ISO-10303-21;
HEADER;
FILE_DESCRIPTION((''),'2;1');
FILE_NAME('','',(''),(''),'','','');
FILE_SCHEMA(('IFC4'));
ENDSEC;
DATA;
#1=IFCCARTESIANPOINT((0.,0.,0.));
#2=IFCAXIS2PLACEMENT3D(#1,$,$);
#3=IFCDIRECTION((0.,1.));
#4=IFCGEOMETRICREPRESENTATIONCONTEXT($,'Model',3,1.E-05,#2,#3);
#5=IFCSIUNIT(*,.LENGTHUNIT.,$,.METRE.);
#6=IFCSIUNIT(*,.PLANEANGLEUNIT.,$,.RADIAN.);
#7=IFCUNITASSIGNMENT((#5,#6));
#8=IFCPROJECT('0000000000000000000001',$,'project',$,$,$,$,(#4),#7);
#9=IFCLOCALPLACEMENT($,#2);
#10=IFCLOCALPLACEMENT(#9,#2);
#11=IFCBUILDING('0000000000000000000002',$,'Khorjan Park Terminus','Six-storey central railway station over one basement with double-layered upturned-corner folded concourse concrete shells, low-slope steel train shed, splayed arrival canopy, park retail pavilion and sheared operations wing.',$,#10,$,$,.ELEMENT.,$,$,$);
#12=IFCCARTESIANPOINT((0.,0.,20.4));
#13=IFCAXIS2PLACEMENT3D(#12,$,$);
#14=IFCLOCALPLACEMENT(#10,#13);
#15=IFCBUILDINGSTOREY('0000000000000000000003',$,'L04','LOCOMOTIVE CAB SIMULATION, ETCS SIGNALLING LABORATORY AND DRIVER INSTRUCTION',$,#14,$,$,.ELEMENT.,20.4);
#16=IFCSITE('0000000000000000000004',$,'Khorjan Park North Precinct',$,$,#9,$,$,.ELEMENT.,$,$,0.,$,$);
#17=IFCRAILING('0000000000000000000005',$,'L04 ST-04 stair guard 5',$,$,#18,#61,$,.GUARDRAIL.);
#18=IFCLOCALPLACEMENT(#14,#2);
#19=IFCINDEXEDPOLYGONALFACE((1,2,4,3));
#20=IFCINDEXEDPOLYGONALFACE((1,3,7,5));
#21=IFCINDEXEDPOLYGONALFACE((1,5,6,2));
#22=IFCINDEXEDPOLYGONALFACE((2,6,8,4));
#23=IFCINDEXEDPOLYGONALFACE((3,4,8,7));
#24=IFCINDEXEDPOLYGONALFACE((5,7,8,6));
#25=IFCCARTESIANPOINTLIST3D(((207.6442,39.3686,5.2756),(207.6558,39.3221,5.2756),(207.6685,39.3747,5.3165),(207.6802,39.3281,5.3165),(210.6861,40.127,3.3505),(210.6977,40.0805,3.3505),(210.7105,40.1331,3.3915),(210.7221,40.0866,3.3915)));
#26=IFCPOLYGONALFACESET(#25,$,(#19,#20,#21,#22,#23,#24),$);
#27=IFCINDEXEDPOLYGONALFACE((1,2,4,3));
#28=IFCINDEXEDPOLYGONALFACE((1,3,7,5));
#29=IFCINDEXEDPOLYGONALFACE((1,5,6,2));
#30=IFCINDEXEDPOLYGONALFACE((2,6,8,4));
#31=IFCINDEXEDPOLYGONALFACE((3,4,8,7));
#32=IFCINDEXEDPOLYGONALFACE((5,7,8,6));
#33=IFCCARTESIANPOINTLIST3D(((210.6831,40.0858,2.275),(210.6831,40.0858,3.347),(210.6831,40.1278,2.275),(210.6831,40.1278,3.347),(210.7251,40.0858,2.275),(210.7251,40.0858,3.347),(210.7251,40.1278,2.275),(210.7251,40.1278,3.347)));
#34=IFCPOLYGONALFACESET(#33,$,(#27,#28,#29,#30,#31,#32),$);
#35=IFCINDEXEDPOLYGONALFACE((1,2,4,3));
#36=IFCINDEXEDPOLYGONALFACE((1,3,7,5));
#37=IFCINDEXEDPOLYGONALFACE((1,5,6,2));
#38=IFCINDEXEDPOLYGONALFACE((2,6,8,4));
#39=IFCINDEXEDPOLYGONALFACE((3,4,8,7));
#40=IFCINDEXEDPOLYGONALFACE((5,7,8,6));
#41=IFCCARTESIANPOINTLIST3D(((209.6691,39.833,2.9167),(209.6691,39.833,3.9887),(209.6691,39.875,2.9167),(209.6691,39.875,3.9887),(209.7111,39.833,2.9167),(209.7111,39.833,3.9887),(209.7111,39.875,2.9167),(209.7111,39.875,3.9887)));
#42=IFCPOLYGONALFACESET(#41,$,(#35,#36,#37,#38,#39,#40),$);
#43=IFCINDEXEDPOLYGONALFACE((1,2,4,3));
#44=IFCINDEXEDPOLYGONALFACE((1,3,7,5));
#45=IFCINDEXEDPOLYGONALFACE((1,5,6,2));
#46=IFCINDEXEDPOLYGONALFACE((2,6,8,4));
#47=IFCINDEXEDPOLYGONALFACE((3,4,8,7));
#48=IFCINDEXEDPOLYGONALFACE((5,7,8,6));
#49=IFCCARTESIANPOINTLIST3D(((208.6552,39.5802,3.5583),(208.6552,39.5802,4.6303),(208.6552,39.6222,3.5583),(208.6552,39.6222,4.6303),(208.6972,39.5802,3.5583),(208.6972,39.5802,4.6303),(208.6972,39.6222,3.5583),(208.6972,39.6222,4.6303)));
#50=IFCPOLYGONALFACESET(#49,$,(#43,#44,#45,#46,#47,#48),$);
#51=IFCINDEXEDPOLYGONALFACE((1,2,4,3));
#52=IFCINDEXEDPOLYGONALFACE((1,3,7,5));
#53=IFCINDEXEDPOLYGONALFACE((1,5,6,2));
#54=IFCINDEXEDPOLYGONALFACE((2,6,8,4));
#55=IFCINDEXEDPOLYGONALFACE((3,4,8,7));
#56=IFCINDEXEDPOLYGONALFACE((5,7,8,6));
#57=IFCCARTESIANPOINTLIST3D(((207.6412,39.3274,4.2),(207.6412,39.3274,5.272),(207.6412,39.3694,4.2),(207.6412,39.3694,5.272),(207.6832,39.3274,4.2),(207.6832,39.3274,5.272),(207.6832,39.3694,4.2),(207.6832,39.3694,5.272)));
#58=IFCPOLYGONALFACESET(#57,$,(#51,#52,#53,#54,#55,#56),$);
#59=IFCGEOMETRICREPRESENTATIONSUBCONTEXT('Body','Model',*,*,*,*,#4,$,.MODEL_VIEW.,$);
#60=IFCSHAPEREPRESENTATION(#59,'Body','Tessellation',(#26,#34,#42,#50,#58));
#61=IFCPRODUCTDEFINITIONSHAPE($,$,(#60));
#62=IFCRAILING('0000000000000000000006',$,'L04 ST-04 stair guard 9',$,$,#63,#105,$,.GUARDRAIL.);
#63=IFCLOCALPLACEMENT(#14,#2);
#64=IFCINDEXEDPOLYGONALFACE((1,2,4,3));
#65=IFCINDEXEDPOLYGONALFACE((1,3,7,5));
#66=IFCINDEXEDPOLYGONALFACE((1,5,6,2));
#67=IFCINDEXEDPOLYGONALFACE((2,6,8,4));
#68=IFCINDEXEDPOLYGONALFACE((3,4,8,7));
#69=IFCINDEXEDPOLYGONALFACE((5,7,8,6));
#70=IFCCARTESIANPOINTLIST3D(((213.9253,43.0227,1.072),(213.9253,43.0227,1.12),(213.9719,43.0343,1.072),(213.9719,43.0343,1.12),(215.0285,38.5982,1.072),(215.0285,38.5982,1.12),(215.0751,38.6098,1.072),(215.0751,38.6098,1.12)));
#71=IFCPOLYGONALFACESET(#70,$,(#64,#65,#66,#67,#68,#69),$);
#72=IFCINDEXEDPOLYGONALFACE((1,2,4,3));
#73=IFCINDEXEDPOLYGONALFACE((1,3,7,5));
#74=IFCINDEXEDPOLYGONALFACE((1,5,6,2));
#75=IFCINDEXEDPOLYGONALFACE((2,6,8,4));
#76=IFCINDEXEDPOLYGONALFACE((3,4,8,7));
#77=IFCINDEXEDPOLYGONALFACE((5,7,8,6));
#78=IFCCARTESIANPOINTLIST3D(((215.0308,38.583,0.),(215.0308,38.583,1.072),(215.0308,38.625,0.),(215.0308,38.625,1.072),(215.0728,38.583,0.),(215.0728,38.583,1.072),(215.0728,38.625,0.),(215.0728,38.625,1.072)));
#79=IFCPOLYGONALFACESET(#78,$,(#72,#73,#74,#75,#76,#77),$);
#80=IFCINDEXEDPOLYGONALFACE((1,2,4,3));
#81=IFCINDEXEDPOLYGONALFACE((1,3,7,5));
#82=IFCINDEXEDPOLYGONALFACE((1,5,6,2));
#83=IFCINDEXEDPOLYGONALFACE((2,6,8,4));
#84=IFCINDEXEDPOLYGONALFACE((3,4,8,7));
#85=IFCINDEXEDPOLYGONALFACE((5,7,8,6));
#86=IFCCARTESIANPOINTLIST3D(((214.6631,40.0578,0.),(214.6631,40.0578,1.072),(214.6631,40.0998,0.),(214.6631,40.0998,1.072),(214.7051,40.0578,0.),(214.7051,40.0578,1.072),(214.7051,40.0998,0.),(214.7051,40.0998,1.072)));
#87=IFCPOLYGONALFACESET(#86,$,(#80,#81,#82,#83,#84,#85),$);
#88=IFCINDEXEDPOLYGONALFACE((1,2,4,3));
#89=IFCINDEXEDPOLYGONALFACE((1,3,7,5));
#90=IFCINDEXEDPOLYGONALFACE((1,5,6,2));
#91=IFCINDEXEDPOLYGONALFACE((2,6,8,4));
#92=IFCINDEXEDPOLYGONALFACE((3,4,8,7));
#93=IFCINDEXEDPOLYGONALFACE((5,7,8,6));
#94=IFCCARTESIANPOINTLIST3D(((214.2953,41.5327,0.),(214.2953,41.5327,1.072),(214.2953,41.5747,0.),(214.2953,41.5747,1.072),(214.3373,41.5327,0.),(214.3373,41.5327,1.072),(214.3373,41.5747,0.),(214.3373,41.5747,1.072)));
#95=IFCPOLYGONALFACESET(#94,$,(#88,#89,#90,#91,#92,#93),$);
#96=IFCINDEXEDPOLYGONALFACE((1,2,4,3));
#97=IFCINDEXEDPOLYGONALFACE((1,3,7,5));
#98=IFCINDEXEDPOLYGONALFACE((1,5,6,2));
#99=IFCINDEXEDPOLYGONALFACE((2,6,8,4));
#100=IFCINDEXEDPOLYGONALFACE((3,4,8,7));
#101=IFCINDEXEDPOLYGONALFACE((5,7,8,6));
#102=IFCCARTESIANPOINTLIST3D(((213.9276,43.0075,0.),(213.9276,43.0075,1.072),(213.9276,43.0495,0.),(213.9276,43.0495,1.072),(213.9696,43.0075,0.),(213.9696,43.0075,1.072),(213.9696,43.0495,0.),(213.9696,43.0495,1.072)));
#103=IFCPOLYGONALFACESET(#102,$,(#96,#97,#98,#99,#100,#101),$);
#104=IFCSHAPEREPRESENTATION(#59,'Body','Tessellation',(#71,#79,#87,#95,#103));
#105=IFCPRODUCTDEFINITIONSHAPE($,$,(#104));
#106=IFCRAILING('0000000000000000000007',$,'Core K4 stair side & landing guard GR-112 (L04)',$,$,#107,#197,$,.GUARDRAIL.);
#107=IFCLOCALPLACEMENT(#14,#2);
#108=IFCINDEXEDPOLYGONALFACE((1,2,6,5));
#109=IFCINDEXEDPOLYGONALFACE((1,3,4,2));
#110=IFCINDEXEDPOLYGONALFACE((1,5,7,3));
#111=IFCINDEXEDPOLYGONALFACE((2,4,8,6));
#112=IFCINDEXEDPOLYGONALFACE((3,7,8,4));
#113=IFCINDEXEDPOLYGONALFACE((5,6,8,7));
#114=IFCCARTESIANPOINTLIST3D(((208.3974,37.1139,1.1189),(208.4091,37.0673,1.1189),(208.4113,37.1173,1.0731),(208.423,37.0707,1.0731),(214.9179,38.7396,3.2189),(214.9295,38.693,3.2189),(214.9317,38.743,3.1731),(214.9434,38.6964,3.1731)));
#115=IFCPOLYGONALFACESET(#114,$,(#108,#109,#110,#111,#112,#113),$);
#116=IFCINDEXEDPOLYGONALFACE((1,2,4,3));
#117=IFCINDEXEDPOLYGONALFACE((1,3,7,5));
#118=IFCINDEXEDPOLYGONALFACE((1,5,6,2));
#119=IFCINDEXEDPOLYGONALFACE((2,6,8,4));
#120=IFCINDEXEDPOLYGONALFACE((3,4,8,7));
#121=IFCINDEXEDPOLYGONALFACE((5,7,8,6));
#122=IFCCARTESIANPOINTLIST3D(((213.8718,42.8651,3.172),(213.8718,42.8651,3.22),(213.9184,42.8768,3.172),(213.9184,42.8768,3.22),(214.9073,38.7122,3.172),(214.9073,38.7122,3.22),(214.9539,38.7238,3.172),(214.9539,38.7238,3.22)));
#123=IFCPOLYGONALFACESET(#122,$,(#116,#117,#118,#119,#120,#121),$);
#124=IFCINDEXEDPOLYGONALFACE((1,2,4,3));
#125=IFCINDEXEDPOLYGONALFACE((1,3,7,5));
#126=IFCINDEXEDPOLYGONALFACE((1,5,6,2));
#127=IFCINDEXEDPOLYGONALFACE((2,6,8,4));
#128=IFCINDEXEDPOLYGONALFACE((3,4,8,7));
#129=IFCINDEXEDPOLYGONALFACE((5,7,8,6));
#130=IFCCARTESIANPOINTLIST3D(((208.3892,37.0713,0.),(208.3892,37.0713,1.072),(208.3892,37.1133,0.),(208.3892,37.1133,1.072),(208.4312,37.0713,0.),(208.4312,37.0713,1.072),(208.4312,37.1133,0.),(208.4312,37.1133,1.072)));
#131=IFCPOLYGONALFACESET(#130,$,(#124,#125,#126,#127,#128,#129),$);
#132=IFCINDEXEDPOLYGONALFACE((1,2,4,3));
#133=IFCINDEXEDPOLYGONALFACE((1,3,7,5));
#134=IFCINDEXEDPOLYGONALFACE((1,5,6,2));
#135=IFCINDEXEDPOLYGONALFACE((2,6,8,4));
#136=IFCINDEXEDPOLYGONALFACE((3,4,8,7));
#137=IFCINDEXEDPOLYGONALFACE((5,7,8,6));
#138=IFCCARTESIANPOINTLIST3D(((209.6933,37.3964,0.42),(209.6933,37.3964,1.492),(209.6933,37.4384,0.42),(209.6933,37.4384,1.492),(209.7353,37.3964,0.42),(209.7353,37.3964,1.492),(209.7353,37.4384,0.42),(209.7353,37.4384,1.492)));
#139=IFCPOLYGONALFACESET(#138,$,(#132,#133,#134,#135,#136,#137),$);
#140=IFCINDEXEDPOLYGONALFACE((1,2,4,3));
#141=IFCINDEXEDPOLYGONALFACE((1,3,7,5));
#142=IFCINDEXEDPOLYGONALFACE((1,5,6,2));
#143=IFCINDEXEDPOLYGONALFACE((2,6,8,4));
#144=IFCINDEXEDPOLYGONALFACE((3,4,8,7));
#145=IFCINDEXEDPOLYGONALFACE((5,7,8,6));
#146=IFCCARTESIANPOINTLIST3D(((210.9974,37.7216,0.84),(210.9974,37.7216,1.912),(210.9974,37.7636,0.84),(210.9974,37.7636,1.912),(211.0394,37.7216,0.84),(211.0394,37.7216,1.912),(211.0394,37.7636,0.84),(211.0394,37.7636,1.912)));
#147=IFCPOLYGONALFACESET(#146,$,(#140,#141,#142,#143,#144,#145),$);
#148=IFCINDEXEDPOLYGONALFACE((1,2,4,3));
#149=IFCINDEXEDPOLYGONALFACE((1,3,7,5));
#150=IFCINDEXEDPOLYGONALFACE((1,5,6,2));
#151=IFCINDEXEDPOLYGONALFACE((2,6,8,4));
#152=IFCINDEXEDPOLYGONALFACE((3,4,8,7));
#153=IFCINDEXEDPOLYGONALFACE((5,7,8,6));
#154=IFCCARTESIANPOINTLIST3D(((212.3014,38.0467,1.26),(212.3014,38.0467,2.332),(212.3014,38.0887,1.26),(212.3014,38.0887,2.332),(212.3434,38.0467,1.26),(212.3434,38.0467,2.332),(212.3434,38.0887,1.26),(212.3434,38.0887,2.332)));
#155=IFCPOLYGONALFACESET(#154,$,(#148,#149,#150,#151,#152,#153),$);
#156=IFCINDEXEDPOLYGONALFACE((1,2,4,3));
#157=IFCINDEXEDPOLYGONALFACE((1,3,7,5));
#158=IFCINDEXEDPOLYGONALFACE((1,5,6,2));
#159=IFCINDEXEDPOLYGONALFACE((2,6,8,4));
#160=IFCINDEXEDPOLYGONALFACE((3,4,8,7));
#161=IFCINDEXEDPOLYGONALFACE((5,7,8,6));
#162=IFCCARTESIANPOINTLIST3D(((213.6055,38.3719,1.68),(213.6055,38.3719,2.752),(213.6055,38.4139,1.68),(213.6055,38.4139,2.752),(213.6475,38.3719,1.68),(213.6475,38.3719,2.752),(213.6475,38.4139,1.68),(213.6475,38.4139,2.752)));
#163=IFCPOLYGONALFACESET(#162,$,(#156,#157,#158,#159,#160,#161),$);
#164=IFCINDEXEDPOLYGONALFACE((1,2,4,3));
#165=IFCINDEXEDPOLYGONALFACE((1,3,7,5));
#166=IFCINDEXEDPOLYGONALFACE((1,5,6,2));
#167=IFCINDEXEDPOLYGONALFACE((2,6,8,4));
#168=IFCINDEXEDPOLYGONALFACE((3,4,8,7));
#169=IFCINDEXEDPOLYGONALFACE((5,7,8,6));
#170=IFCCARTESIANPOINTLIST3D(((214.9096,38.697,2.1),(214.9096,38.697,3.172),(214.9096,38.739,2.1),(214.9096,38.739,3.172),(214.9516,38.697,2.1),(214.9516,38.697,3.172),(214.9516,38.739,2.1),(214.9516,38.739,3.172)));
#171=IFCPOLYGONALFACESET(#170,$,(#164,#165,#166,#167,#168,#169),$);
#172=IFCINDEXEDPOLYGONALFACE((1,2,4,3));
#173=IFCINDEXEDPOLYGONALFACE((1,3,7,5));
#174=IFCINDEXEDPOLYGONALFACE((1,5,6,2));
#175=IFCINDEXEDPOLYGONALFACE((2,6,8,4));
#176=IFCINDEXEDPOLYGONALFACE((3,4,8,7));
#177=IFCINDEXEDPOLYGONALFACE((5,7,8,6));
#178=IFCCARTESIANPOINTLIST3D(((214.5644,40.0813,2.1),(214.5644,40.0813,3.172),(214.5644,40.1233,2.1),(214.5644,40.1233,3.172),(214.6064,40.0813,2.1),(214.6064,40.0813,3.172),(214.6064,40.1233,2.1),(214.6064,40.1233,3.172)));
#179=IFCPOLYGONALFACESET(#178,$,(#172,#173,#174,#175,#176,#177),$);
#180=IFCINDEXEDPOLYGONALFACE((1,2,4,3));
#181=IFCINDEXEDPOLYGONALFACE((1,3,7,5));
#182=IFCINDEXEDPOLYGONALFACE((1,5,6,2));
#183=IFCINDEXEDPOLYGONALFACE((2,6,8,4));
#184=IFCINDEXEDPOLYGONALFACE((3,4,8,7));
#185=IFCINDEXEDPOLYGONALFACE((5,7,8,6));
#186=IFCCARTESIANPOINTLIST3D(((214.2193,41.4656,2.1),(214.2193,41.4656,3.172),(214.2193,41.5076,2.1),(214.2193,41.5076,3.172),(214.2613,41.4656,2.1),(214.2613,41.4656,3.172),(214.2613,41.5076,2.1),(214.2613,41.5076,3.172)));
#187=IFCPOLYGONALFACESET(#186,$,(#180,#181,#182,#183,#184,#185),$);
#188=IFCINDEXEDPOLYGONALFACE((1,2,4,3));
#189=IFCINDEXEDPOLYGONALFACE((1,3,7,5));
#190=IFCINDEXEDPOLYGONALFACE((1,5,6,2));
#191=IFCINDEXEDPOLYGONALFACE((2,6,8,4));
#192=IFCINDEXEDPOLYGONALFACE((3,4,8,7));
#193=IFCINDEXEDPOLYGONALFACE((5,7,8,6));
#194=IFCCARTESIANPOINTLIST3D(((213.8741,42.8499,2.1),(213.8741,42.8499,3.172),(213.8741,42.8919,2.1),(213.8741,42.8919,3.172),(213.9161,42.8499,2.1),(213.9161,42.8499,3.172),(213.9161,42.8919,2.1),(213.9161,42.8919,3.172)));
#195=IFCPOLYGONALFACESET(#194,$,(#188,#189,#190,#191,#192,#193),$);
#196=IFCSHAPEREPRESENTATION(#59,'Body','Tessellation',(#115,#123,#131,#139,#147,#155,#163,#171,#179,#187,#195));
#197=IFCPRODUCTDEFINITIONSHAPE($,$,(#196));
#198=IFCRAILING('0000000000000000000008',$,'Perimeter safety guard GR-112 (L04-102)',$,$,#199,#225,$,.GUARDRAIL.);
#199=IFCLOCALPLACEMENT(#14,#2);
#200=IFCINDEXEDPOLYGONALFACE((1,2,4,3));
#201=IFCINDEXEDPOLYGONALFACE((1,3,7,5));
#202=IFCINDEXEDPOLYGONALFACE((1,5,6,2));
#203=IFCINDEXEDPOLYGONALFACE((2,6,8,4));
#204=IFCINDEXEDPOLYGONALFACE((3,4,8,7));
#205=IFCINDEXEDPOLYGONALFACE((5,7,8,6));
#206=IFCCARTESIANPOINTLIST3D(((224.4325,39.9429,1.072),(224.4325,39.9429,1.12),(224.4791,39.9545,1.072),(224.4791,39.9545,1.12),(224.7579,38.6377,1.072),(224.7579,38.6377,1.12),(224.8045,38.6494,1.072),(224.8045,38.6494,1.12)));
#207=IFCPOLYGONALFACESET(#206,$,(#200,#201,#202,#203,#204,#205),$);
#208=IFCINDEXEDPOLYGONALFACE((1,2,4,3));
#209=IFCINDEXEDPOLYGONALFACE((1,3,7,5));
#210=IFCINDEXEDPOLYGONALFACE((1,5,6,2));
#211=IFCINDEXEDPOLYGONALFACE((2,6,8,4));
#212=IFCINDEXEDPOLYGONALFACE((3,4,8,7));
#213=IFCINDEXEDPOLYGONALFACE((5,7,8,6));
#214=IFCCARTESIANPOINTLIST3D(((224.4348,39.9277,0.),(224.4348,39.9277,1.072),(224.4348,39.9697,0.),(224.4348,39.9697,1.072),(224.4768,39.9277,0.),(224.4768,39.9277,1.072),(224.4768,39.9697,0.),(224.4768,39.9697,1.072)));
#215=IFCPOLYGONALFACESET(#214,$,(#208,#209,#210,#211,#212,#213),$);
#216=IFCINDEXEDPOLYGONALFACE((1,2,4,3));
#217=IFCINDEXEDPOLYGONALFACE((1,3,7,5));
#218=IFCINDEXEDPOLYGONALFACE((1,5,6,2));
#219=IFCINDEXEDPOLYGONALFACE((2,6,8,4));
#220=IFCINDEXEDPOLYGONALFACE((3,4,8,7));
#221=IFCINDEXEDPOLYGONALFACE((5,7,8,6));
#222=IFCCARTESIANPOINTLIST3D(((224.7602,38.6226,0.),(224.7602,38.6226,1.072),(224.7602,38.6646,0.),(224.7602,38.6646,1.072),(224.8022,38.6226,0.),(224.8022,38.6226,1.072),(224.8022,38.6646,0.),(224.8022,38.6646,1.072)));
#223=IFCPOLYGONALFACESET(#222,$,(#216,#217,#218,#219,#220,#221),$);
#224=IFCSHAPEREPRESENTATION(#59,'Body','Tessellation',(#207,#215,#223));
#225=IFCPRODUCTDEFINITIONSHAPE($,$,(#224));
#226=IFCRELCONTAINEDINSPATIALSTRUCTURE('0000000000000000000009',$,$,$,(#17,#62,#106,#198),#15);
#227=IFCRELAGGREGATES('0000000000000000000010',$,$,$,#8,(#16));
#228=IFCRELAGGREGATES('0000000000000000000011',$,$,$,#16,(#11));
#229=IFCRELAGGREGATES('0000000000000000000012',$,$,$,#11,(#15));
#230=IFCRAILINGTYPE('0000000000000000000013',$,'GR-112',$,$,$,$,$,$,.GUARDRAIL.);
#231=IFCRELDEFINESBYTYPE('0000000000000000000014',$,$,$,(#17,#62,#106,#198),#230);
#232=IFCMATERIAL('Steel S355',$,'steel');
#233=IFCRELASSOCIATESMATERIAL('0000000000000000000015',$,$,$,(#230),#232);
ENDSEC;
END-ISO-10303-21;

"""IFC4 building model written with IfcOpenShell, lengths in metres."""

from ifc_helpers import new_model, si_unit, direction, frame, origin, origin_2d, place, context, subcontext, project, spatial, rectangle, extrude, material, type_object, element, save


model = new_model("IFC4")

# Units and contexts
model_context = context("Model", 3, precision=1e-05, world=origin(), true_north=direction((0.0, 1.0)))
body_context = subcontext(model_context, "Body", "Model", "MODEL_VIEW")
ifc_project = project(units=[si_unit("LENGTHUNIT", "METRE"), si_unit("PLANEANGLEUNIT", "RADIAN")], contexts=[model_context])

# Site, building, storey
site_placement = place(None, origin())
site = spatial("IfcSite", under=ifc_project, at=site_placement, Name="Khorjan Park North Precinct", CompositionType="ELEMENT", RefElevation=0.0)
building_placement = place(site_placement, origin())
building = spatial("IfcBuilding", under=site, at=building_placement, Name="Khorjan Park Terminus", Description="Six-storey central railway station over one basement with double-layered upturned-corner folded concourse concrete shells, low-slope steel train shed, splayed arrival canopy, park retail pavilion and sheared operations wing.", CompositionType="ELEMENT")
storey_placement = place(building_placement, frame((0.0, 0.0, 20.4)))
storey = spatial("IfcBuildingStorey", under=building, at=storey_placement, Name="L04", Description="LOCOMOTIVE CAB SIMULATION, ETCS SIGNALLING LABORATORY AND DRIVER INSTRUCTION", CompositionType="ELEMENT", Elevation=20.4)

# Shared definitions
ifc_material_1 = material(Name="Steel S355", Category="steel")

# Railings
railing_type_1 = type_object("IfcRailingType", Name="GR-112", PredefinedType="GUARDRAIL", material=ifc_material_1)
railing_1_placement = place(storey_placement, frame((210.7041, 40.1068, 2.275)))
element("IfcRailing", 1, at=railing_1_placement, inside=storey, type_object=railing_type_1, Name="L04 ST-04 stair guard 5", PredefinedType="GUARDRAIL", context=body_context, shape_type="SweptSolid", body=[
    extrude(rectangle(XDim=0.048, YDim=0.048, at=origin_2d()), frame((0.0, 0.0, 1.096), z_axis=(-0.826861, -0.206151, 0.523261), x_axis=(0.241913, -0.970298, 0.0)), (0.0, 0.0, 1.0), 3.6789),
    extrude(rectangle(XDim=0.042, YDim=0.042, at=origin_2d()), origin(), (0.0, 0.0, 1.0), 1.072),
    extrude(rectangle(XDim=0.042, YDim=0.042, at=origin_2d()), frame((-1.014, -0.2528, 0.6417)), (0.0, 0.0, 1.0), 1.072),
    extrude(rectangle(XDim=0.042, YDim=0.042, at=origin_2d()), frame((-2.0279, -0.5056, 1.2833)), (0.0, 0.0, 1.0), 1.072),
    extrude(rectangle(XDim=0.042, YDim=0.042, at=origin_2d()), frame((-3.0419, -0.7584, 1.925)), (0.0, 0.0, 1.0), 1.072),
])
railing_2_placement = place(storey_placement, frame((215.0518, 38.604, 0.0)))
element("IfcRailing", 2, at=railing_2_placement, inside=storey, type_object=railing_type_1, Name="L04 ST-04 stair guard 9", PredefinedType="GUARDRAIL", context=body_context, shape_type="SweptSolid", body=[
    extrude(rectangle(XDim=0.048, YDim=0.048, at=origin_2d()), frame((0.0, 0.0, 1.096), z_axis=(-0.241932, 0.970293, 0.0), x_axis=(-0.970293, -0.241932, 0.0)), (0.0, 0.0, 1.0), 4.56),
    extrude(rectangle(XDim=0.042, YDim=0.042, at=origin_2d()), origin(), (0.0, 0.0, 1.0), 1.072),
    extrude(rectangle(XDim=0.042, YDim=0.042, at=origin_2d()), frame((-0.3677, 1.4748, 0.0)), (0.0, 0.0, 1.0), 1.072),
    extrude(rectangle(XDim=0.042, YDim=0.042, at=origin_2d()), frame((-0.7355, 2.9497, 0.0)), (0.0, 0.0, 1.0), 1.072),
    extrude(rectangle(XDim=0.042, YDim=0.042, at=origin_2d()), frame((-1.1032, 4.4245, 0.0)), (0.0, 0.0, 1.0), 1.072),
])
railing_3_placement = place(storey_placement, frame((208.4102, 37.0923, 0.0)))
element("IfcRailing", 3, at=railing_3_placement, inside=storey, type_object=railing_type_1, Name="Core K4 stair side & landing guard GR-112 (L04)", PredefinedType="GUARDRAIL", context=body_context, shape_type="SweptSolid", body=[
    extrude(rectangle(XDim=0.048, YDim=0.048, at=origin_2d()), frame((0.0, 0.0, 1.096), z_axis=(0.926129, 0.230907, 0.298275), x_axis=(-0.241919, 0.970296, 0.0)), (0.0, 0.0, 1.0), 7.0405),
    extrude(rectangle(XDim=0.048, YDim=0.048, at=origin_2d()), frame((6.5204, 1.6257, 3.196), z_axis=(-0.241936, 0.970292, 0.0), x_axis=(-0.970292, -0.241936, 0.0)), (0.0, 0.0, 1.0), 4.2801),
    extrude(rectangle(XDim=0.042, YDim=0.042, at=origin_2d()), origin(), (0.0, 0.0, 1.0), 1.072),
    extrude(rectangle(XDim=0.042, YDim=0.042, at=origin_2d()), frame((1.3041, 0.3251, 0.42)), (0.0, 0.0, 1.0), 1.072),
    extrude(rectangle(XDim=0.042, YDim=0.042, at=origin_2d()), frame((2.6082, 0.6503, 0.84)), (0.0, 0.0, 1.0), 1.072),
    extrude(rectangle(XDim=0.042, YDim=0.042, at=origin_2d()), frame((3.9122, 0.9754, 1.26)), (0.0, 0.0, 1.0), 1.072),
    extrude(rectangle(XDim=0.042, YDim=0.042, at=origin_2d()), frame((5.2163, 1.3006, 1.68)), (0.0, 0.0, 1.0), 1.072),
    extrude(rectangle(XDim=0.042, YDim=0.042, at=origin_2d()), frame((6.5204, 1.6257, 2.1)), (0.0, 0.0, 1.0), 1.072),
    extrude(rectangle(XDim=0.042, YDim=0.042, at=origin_2d()), frame((6.1752, 3.01, 2.1)), (0.0, 0.0, 1.0), 1.072),
    extrude(rectangle(XDim=0.042, YDim=0.042, at=origin_2d()), frame((5.8301, 4.3943, 2.1)), (0.0, 0.0, 1.0), 1.072),
    extrude(rectangle(XDim=0.042, YDim=0.042, at=origin_2d()), frame((5.4849, 5.7786, 2.1)), (0.0, 0.0, 1.0), 1.072),
])
railing_4_placement = place(storey_placement, frame((224.4558, 39.9487, 0.0)))
element("IfcRailing", 4, at=railing_4_placement, inside=storey, type_object=railing_type_1, Name="Perimeter safety guard GR-112 (L04-102)", PredefinedType="GUARDRAIL", context=body_context, shape_type="SweptSolid", body=[
    extrude(rectangle(XDim=0.048, YDim=0.048, at=origin_2d()), frame((0.0, 0.0, 1.096), z_axis=(0.241923, -0.970295, 0.0), x_axis=(0.970295, 0.241923, 0.0)), (0.0, 0.0, 1.0), 1.3451),
    extrude(rectangle(XDim=0.042, YDim=0.042, at=origin_2d()), origin(), (0.0, 0.0, 1.0), 1.072),
    extrude(rectangle(XDim=0.042, YDim=0.042, at=origin_2d()), frame((0.3254, -1.3051, 0.0)), (0.0, 0.0, 1.0), 1.072),
])

save(model, "model.ifc")
